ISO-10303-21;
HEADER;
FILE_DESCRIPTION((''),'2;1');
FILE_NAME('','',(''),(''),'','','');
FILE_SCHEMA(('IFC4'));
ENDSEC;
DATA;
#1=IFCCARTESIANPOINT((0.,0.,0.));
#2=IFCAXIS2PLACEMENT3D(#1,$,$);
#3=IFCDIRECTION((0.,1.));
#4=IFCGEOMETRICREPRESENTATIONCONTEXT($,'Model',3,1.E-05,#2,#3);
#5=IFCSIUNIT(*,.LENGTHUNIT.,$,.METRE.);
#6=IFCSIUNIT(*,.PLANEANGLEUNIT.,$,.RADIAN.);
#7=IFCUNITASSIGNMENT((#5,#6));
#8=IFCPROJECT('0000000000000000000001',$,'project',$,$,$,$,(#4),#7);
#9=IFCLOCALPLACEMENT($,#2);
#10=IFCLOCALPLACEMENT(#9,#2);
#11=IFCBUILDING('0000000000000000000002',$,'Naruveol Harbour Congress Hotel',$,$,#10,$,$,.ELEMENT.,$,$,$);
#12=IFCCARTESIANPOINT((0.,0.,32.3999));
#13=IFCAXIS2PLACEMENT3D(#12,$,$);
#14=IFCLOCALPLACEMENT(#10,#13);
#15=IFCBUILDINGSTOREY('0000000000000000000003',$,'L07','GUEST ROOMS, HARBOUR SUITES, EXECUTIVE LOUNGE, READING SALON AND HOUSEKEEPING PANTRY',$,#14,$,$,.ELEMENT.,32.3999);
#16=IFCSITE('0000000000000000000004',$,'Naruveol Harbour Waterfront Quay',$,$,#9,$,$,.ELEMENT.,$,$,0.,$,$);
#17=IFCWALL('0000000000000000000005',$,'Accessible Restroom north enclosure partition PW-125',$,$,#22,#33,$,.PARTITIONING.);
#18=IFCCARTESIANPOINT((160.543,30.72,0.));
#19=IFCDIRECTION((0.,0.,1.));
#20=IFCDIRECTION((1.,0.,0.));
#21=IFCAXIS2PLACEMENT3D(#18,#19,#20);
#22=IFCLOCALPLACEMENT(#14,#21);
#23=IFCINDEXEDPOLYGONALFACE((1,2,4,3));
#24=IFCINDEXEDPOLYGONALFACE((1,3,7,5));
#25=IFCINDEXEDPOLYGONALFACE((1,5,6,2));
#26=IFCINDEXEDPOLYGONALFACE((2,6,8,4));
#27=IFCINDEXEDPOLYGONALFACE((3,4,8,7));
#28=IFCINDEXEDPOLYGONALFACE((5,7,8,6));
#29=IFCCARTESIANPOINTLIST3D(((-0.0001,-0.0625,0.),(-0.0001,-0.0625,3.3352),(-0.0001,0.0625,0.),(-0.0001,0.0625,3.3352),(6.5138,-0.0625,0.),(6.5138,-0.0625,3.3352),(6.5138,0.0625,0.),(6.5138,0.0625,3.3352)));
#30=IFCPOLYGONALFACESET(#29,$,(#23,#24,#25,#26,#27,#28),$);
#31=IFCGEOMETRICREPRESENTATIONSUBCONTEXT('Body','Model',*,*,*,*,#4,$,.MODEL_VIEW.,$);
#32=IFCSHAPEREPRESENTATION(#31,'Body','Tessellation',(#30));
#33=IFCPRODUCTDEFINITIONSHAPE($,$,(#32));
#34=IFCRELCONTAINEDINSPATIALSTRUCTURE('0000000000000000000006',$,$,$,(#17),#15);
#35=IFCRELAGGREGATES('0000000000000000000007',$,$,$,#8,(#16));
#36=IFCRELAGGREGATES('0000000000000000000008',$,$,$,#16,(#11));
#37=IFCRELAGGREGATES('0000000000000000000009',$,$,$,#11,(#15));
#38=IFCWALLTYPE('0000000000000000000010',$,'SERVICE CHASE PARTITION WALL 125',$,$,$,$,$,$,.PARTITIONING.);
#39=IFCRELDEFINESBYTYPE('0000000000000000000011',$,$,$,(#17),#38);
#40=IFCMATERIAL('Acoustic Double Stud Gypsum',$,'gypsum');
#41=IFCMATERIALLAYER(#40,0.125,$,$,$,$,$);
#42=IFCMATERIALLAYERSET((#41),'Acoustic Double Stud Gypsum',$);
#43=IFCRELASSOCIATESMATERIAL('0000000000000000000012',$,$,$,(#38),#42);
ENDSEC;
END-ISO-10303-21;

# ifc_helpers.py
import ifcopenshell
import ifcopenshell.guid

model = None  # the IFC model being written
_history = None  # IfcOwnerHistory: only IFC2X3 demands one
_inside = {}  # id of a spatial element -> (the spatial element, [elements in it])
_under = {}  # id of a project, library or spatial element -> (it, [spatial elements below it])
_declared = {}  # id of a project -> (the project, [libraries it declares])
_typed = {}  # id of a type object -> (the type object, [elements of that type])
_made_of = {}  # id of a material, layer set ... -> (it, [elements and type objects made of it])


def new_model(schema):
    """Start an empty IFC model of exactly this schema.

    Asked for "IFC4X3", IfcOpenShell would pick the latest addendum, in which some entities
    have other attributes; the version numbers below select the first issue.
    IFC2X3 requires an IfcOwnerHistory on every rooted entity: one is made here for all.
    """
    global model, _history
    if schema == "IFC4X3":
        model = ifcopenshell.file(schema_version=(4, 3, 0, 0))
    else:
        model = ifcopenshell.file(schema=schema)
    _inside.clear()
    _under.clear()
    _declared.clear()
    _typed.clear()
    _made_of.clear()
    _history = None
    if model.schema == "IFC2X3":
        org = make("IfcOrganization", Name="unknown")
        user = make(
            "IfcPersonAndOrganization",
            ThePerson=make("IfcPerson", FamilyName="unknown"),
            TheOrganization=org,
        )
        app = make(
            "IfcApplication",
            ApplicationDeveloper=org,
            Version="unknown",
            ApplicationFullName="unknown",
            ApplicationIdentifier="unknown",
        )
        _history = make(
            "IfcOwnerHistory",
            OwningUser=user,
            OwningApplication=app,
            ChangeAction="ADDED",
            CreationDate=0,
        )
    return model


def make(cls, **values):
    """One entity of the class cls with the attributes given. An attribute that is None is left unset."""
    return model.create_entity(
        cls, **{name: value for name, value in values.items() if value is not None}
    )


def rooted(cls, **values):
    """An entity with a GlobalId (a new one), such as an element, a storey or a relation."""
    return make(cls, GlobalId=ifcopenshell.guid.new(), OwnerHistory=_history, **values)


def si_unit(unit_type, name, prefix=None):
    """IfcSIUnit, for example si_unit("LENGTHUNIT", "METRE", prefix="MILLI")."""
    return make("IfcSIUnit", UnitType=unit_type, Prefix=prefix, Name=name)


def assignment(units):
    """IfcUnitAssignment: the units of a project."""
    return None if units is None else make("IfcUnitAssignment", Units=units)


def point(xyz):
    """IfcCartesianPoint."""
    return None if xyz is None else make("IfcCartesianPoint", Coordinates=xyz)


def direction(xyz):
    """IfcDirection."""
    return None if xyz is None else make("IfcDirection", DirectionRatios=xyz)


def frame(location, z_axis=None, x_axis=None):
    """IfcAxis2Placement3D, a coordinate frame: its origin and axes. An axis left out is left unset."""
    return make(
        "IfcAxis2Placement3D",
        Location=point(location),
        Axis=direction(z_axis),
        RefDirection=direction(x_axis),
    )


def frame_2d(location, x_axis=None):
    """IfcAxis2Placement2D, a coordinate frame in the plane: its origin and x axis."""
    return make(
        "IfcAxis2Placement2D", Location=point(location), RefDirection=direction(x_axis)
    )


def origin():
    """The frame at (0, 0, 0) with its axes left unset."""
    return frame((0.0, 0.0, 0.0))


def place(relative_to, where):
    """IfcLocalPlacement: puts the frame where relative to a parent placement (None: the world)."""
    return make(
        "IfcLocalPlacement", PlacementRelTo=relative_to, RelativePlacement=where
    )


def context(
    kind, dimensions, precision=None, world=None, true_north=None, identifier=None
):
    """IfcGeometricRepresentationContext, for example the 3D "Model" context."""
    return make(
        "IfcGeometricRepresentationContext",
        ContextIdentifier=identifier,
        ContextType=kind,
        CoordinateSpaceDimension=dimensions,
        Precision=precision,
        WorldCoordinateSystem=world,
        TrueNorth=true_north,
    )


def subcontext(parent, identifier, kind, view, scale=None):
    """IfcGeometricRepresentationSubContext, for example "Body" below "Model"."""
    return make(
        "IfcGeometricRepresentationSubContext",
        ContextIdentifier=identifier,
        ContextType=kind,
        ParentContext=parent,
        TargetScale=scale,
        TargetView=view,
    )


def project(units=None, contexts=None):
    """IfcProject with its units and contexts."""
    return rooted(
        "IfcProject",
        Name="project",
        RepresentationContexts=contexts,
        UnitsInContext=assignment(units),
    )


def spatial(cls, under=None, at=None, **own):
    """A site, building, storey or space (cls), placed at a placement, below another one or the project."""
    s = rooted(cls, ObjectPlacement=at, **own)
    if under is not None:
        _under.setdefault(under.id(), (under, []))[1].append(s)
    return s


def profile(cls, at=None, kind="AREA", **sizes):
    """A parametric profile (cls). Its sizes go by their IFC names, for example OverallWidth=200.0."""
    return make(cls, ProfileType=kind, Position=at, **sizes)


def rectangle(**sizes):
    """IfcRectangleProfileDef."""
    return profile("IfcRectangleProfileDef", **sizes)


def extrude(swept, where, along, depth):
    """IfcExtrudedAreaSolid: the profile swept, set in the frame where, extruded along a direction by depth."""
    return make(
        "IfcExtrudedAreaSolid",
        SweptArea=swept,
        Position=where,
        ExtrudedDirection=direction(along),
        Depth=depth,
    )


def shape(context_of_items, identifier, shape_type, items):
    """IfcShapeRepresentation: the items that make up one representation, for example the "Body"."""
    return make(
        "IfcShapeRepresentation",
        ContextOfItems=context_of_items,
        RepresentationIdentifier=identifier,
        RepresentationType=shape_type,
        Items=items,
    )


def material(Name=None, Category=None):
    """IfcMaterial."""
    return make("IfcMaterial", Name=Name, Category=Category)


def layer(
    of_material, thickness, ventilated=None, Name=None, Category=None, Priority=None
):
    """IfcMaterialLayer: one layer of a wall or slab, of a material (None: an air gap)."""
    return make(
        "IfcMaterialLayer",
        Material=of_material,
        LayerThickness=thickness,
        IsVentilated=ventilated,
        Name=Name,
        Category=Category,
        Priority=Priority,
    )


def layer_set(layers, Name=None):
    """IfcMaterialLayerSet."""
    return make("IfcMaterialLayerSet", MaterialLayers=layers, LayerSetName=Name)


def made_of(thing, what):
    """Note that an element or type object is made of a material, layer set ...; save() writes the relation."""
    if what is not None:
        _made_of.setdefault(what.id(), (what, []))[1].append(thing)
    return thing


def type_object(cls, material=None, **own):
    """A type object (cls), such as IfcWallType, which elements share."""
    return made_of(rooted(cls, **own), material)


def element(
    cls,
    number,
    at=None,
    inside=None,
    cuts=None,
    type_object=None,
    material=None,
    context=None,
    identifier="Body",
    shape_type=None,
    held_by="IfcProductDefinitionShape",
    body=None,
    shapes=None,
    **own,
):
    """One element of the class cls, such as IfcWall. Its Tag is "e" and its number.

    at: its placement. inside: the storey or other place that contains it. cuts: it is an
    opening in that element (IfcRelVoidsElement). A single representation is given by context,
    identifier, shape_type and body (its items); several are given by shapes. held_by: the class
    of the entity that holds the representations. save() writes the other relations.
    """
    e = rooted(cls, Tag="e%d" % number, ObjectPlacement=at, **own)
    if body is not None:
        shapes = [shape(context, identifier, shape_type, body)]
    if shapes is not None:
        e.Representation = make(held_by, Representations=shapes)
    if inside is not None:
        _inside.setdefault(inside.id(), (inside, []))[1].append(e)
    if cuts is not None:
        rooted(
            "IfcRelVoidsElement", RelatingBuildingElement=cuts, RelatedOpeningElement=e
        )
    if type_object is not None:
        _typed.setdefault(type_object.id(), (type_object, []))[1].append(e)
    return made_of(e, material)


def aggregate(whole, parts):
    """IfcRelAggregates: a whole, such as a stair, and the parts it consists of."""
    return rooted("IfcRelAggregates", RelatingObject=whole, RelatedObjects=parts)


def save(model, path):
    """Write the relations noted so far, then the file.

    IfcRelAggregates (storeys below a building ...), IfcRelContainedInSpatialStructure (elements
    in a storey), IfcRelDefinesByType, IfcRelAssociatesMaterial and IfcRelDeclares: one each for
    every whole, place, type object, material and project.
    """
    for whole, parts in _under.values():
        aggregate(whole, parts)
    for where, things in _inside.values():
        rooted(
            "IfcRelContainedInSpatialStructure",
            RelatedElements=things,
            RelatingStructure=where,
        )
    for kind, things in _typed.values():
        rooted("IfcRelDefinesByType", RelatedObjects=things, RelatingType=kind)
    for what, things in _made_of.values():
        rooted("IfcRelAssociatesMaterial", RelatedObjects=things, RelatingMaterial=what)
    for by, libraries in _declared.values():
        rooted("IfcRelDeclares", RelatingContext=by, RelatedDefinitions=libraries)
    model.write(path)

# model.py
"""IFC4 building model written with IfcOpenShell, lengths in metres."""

from ifc_helpers import new_model, si_unit, direction, frame, frame_2d, origin, place, context, subcontext, project, spatial, rectangle, extrude, material, layer, layer_set, type_object, element, save


model = new_model("IFC4")

# Units and contexts
model_context = context("Model", 3, precision=1e-05, world=origin(), true_north=direction((0.0, 1.0)))
body_context = subcontext(model_context, "Body", "Model", "MODEL_VIEW")
ifc_project = project(units=[si_unit("LENGTHUNIT", "METRE"), si_unit("PLANEANGLEUNIT", "RADIAN")], contexts=[model_context])

# Site, building, storey
site_placement = place(None, origin())
site = spatial("IfcSite", under=ifc_project, at=site_placement, Name="Naruveol Harbour Waterfront Quay", CompositionType="ELEMENT", RefElevation=0.0)
building_placement = place(site_placement, origin())
building = spatial("IfcBuilding", under=site, at=building_placement, Name="Naruveol Harbour Congress Hotel", CompositionType="ELEMENT")
storey_placement = place(building_placement, frame((0.0, 0.0, 32.3999)))
storey = spatial("IfcBuildingStorey", under=building, at=storey_placement, Name="L07", Description="GUEST ROOMS, HARBOUR SUITES, EXECUTIVE LOUNGE, READING SALON AND HOUSEKEEPING PANTRY", CompositionType="ELEMENT", Elevation=32.3999)

# Shared definitions
ifc_material_1 = material(Name="Acoustic Double Stud Gypsum", Category="gypsum")
ifc_layer_1 = layer(ifc_material_1, 0.125)
ifc_layer_set_1 = layer_set([ifc_layer_1], Name="Acoustic Double Stud Gypsum")
wall_type_1 = type_object("IfcWallType", Name="SERVICE CHASE PARTITION WALL 125", PredefinedType="PARTITIONING", material=ifc_layer_set_1)

# Wall
wall_1_placement = place(storey_placement, frame((160.543, 30.72, 0.0), z_axis=(0.0, 0.0, 1.0), x_axis=(1.0, 0.0, 0.0)))
element("IfcWall", 1, at=wall_1_placement, inside=storey, type_object=wall_type_1, Name="Accessible Restroom north enclosure partition PW-125", PredefinedType="PARTITIONING", context=body_context, shape_type="SweptSolid", body=[
    extrude(rectangle(XDim=6.5139, YDim=0.125, at=frame_2d((3.2568, 0.0))), origin(), (0.0, 0.0, 1.0), 3.3352),
])

save(model, "model.ifc")
